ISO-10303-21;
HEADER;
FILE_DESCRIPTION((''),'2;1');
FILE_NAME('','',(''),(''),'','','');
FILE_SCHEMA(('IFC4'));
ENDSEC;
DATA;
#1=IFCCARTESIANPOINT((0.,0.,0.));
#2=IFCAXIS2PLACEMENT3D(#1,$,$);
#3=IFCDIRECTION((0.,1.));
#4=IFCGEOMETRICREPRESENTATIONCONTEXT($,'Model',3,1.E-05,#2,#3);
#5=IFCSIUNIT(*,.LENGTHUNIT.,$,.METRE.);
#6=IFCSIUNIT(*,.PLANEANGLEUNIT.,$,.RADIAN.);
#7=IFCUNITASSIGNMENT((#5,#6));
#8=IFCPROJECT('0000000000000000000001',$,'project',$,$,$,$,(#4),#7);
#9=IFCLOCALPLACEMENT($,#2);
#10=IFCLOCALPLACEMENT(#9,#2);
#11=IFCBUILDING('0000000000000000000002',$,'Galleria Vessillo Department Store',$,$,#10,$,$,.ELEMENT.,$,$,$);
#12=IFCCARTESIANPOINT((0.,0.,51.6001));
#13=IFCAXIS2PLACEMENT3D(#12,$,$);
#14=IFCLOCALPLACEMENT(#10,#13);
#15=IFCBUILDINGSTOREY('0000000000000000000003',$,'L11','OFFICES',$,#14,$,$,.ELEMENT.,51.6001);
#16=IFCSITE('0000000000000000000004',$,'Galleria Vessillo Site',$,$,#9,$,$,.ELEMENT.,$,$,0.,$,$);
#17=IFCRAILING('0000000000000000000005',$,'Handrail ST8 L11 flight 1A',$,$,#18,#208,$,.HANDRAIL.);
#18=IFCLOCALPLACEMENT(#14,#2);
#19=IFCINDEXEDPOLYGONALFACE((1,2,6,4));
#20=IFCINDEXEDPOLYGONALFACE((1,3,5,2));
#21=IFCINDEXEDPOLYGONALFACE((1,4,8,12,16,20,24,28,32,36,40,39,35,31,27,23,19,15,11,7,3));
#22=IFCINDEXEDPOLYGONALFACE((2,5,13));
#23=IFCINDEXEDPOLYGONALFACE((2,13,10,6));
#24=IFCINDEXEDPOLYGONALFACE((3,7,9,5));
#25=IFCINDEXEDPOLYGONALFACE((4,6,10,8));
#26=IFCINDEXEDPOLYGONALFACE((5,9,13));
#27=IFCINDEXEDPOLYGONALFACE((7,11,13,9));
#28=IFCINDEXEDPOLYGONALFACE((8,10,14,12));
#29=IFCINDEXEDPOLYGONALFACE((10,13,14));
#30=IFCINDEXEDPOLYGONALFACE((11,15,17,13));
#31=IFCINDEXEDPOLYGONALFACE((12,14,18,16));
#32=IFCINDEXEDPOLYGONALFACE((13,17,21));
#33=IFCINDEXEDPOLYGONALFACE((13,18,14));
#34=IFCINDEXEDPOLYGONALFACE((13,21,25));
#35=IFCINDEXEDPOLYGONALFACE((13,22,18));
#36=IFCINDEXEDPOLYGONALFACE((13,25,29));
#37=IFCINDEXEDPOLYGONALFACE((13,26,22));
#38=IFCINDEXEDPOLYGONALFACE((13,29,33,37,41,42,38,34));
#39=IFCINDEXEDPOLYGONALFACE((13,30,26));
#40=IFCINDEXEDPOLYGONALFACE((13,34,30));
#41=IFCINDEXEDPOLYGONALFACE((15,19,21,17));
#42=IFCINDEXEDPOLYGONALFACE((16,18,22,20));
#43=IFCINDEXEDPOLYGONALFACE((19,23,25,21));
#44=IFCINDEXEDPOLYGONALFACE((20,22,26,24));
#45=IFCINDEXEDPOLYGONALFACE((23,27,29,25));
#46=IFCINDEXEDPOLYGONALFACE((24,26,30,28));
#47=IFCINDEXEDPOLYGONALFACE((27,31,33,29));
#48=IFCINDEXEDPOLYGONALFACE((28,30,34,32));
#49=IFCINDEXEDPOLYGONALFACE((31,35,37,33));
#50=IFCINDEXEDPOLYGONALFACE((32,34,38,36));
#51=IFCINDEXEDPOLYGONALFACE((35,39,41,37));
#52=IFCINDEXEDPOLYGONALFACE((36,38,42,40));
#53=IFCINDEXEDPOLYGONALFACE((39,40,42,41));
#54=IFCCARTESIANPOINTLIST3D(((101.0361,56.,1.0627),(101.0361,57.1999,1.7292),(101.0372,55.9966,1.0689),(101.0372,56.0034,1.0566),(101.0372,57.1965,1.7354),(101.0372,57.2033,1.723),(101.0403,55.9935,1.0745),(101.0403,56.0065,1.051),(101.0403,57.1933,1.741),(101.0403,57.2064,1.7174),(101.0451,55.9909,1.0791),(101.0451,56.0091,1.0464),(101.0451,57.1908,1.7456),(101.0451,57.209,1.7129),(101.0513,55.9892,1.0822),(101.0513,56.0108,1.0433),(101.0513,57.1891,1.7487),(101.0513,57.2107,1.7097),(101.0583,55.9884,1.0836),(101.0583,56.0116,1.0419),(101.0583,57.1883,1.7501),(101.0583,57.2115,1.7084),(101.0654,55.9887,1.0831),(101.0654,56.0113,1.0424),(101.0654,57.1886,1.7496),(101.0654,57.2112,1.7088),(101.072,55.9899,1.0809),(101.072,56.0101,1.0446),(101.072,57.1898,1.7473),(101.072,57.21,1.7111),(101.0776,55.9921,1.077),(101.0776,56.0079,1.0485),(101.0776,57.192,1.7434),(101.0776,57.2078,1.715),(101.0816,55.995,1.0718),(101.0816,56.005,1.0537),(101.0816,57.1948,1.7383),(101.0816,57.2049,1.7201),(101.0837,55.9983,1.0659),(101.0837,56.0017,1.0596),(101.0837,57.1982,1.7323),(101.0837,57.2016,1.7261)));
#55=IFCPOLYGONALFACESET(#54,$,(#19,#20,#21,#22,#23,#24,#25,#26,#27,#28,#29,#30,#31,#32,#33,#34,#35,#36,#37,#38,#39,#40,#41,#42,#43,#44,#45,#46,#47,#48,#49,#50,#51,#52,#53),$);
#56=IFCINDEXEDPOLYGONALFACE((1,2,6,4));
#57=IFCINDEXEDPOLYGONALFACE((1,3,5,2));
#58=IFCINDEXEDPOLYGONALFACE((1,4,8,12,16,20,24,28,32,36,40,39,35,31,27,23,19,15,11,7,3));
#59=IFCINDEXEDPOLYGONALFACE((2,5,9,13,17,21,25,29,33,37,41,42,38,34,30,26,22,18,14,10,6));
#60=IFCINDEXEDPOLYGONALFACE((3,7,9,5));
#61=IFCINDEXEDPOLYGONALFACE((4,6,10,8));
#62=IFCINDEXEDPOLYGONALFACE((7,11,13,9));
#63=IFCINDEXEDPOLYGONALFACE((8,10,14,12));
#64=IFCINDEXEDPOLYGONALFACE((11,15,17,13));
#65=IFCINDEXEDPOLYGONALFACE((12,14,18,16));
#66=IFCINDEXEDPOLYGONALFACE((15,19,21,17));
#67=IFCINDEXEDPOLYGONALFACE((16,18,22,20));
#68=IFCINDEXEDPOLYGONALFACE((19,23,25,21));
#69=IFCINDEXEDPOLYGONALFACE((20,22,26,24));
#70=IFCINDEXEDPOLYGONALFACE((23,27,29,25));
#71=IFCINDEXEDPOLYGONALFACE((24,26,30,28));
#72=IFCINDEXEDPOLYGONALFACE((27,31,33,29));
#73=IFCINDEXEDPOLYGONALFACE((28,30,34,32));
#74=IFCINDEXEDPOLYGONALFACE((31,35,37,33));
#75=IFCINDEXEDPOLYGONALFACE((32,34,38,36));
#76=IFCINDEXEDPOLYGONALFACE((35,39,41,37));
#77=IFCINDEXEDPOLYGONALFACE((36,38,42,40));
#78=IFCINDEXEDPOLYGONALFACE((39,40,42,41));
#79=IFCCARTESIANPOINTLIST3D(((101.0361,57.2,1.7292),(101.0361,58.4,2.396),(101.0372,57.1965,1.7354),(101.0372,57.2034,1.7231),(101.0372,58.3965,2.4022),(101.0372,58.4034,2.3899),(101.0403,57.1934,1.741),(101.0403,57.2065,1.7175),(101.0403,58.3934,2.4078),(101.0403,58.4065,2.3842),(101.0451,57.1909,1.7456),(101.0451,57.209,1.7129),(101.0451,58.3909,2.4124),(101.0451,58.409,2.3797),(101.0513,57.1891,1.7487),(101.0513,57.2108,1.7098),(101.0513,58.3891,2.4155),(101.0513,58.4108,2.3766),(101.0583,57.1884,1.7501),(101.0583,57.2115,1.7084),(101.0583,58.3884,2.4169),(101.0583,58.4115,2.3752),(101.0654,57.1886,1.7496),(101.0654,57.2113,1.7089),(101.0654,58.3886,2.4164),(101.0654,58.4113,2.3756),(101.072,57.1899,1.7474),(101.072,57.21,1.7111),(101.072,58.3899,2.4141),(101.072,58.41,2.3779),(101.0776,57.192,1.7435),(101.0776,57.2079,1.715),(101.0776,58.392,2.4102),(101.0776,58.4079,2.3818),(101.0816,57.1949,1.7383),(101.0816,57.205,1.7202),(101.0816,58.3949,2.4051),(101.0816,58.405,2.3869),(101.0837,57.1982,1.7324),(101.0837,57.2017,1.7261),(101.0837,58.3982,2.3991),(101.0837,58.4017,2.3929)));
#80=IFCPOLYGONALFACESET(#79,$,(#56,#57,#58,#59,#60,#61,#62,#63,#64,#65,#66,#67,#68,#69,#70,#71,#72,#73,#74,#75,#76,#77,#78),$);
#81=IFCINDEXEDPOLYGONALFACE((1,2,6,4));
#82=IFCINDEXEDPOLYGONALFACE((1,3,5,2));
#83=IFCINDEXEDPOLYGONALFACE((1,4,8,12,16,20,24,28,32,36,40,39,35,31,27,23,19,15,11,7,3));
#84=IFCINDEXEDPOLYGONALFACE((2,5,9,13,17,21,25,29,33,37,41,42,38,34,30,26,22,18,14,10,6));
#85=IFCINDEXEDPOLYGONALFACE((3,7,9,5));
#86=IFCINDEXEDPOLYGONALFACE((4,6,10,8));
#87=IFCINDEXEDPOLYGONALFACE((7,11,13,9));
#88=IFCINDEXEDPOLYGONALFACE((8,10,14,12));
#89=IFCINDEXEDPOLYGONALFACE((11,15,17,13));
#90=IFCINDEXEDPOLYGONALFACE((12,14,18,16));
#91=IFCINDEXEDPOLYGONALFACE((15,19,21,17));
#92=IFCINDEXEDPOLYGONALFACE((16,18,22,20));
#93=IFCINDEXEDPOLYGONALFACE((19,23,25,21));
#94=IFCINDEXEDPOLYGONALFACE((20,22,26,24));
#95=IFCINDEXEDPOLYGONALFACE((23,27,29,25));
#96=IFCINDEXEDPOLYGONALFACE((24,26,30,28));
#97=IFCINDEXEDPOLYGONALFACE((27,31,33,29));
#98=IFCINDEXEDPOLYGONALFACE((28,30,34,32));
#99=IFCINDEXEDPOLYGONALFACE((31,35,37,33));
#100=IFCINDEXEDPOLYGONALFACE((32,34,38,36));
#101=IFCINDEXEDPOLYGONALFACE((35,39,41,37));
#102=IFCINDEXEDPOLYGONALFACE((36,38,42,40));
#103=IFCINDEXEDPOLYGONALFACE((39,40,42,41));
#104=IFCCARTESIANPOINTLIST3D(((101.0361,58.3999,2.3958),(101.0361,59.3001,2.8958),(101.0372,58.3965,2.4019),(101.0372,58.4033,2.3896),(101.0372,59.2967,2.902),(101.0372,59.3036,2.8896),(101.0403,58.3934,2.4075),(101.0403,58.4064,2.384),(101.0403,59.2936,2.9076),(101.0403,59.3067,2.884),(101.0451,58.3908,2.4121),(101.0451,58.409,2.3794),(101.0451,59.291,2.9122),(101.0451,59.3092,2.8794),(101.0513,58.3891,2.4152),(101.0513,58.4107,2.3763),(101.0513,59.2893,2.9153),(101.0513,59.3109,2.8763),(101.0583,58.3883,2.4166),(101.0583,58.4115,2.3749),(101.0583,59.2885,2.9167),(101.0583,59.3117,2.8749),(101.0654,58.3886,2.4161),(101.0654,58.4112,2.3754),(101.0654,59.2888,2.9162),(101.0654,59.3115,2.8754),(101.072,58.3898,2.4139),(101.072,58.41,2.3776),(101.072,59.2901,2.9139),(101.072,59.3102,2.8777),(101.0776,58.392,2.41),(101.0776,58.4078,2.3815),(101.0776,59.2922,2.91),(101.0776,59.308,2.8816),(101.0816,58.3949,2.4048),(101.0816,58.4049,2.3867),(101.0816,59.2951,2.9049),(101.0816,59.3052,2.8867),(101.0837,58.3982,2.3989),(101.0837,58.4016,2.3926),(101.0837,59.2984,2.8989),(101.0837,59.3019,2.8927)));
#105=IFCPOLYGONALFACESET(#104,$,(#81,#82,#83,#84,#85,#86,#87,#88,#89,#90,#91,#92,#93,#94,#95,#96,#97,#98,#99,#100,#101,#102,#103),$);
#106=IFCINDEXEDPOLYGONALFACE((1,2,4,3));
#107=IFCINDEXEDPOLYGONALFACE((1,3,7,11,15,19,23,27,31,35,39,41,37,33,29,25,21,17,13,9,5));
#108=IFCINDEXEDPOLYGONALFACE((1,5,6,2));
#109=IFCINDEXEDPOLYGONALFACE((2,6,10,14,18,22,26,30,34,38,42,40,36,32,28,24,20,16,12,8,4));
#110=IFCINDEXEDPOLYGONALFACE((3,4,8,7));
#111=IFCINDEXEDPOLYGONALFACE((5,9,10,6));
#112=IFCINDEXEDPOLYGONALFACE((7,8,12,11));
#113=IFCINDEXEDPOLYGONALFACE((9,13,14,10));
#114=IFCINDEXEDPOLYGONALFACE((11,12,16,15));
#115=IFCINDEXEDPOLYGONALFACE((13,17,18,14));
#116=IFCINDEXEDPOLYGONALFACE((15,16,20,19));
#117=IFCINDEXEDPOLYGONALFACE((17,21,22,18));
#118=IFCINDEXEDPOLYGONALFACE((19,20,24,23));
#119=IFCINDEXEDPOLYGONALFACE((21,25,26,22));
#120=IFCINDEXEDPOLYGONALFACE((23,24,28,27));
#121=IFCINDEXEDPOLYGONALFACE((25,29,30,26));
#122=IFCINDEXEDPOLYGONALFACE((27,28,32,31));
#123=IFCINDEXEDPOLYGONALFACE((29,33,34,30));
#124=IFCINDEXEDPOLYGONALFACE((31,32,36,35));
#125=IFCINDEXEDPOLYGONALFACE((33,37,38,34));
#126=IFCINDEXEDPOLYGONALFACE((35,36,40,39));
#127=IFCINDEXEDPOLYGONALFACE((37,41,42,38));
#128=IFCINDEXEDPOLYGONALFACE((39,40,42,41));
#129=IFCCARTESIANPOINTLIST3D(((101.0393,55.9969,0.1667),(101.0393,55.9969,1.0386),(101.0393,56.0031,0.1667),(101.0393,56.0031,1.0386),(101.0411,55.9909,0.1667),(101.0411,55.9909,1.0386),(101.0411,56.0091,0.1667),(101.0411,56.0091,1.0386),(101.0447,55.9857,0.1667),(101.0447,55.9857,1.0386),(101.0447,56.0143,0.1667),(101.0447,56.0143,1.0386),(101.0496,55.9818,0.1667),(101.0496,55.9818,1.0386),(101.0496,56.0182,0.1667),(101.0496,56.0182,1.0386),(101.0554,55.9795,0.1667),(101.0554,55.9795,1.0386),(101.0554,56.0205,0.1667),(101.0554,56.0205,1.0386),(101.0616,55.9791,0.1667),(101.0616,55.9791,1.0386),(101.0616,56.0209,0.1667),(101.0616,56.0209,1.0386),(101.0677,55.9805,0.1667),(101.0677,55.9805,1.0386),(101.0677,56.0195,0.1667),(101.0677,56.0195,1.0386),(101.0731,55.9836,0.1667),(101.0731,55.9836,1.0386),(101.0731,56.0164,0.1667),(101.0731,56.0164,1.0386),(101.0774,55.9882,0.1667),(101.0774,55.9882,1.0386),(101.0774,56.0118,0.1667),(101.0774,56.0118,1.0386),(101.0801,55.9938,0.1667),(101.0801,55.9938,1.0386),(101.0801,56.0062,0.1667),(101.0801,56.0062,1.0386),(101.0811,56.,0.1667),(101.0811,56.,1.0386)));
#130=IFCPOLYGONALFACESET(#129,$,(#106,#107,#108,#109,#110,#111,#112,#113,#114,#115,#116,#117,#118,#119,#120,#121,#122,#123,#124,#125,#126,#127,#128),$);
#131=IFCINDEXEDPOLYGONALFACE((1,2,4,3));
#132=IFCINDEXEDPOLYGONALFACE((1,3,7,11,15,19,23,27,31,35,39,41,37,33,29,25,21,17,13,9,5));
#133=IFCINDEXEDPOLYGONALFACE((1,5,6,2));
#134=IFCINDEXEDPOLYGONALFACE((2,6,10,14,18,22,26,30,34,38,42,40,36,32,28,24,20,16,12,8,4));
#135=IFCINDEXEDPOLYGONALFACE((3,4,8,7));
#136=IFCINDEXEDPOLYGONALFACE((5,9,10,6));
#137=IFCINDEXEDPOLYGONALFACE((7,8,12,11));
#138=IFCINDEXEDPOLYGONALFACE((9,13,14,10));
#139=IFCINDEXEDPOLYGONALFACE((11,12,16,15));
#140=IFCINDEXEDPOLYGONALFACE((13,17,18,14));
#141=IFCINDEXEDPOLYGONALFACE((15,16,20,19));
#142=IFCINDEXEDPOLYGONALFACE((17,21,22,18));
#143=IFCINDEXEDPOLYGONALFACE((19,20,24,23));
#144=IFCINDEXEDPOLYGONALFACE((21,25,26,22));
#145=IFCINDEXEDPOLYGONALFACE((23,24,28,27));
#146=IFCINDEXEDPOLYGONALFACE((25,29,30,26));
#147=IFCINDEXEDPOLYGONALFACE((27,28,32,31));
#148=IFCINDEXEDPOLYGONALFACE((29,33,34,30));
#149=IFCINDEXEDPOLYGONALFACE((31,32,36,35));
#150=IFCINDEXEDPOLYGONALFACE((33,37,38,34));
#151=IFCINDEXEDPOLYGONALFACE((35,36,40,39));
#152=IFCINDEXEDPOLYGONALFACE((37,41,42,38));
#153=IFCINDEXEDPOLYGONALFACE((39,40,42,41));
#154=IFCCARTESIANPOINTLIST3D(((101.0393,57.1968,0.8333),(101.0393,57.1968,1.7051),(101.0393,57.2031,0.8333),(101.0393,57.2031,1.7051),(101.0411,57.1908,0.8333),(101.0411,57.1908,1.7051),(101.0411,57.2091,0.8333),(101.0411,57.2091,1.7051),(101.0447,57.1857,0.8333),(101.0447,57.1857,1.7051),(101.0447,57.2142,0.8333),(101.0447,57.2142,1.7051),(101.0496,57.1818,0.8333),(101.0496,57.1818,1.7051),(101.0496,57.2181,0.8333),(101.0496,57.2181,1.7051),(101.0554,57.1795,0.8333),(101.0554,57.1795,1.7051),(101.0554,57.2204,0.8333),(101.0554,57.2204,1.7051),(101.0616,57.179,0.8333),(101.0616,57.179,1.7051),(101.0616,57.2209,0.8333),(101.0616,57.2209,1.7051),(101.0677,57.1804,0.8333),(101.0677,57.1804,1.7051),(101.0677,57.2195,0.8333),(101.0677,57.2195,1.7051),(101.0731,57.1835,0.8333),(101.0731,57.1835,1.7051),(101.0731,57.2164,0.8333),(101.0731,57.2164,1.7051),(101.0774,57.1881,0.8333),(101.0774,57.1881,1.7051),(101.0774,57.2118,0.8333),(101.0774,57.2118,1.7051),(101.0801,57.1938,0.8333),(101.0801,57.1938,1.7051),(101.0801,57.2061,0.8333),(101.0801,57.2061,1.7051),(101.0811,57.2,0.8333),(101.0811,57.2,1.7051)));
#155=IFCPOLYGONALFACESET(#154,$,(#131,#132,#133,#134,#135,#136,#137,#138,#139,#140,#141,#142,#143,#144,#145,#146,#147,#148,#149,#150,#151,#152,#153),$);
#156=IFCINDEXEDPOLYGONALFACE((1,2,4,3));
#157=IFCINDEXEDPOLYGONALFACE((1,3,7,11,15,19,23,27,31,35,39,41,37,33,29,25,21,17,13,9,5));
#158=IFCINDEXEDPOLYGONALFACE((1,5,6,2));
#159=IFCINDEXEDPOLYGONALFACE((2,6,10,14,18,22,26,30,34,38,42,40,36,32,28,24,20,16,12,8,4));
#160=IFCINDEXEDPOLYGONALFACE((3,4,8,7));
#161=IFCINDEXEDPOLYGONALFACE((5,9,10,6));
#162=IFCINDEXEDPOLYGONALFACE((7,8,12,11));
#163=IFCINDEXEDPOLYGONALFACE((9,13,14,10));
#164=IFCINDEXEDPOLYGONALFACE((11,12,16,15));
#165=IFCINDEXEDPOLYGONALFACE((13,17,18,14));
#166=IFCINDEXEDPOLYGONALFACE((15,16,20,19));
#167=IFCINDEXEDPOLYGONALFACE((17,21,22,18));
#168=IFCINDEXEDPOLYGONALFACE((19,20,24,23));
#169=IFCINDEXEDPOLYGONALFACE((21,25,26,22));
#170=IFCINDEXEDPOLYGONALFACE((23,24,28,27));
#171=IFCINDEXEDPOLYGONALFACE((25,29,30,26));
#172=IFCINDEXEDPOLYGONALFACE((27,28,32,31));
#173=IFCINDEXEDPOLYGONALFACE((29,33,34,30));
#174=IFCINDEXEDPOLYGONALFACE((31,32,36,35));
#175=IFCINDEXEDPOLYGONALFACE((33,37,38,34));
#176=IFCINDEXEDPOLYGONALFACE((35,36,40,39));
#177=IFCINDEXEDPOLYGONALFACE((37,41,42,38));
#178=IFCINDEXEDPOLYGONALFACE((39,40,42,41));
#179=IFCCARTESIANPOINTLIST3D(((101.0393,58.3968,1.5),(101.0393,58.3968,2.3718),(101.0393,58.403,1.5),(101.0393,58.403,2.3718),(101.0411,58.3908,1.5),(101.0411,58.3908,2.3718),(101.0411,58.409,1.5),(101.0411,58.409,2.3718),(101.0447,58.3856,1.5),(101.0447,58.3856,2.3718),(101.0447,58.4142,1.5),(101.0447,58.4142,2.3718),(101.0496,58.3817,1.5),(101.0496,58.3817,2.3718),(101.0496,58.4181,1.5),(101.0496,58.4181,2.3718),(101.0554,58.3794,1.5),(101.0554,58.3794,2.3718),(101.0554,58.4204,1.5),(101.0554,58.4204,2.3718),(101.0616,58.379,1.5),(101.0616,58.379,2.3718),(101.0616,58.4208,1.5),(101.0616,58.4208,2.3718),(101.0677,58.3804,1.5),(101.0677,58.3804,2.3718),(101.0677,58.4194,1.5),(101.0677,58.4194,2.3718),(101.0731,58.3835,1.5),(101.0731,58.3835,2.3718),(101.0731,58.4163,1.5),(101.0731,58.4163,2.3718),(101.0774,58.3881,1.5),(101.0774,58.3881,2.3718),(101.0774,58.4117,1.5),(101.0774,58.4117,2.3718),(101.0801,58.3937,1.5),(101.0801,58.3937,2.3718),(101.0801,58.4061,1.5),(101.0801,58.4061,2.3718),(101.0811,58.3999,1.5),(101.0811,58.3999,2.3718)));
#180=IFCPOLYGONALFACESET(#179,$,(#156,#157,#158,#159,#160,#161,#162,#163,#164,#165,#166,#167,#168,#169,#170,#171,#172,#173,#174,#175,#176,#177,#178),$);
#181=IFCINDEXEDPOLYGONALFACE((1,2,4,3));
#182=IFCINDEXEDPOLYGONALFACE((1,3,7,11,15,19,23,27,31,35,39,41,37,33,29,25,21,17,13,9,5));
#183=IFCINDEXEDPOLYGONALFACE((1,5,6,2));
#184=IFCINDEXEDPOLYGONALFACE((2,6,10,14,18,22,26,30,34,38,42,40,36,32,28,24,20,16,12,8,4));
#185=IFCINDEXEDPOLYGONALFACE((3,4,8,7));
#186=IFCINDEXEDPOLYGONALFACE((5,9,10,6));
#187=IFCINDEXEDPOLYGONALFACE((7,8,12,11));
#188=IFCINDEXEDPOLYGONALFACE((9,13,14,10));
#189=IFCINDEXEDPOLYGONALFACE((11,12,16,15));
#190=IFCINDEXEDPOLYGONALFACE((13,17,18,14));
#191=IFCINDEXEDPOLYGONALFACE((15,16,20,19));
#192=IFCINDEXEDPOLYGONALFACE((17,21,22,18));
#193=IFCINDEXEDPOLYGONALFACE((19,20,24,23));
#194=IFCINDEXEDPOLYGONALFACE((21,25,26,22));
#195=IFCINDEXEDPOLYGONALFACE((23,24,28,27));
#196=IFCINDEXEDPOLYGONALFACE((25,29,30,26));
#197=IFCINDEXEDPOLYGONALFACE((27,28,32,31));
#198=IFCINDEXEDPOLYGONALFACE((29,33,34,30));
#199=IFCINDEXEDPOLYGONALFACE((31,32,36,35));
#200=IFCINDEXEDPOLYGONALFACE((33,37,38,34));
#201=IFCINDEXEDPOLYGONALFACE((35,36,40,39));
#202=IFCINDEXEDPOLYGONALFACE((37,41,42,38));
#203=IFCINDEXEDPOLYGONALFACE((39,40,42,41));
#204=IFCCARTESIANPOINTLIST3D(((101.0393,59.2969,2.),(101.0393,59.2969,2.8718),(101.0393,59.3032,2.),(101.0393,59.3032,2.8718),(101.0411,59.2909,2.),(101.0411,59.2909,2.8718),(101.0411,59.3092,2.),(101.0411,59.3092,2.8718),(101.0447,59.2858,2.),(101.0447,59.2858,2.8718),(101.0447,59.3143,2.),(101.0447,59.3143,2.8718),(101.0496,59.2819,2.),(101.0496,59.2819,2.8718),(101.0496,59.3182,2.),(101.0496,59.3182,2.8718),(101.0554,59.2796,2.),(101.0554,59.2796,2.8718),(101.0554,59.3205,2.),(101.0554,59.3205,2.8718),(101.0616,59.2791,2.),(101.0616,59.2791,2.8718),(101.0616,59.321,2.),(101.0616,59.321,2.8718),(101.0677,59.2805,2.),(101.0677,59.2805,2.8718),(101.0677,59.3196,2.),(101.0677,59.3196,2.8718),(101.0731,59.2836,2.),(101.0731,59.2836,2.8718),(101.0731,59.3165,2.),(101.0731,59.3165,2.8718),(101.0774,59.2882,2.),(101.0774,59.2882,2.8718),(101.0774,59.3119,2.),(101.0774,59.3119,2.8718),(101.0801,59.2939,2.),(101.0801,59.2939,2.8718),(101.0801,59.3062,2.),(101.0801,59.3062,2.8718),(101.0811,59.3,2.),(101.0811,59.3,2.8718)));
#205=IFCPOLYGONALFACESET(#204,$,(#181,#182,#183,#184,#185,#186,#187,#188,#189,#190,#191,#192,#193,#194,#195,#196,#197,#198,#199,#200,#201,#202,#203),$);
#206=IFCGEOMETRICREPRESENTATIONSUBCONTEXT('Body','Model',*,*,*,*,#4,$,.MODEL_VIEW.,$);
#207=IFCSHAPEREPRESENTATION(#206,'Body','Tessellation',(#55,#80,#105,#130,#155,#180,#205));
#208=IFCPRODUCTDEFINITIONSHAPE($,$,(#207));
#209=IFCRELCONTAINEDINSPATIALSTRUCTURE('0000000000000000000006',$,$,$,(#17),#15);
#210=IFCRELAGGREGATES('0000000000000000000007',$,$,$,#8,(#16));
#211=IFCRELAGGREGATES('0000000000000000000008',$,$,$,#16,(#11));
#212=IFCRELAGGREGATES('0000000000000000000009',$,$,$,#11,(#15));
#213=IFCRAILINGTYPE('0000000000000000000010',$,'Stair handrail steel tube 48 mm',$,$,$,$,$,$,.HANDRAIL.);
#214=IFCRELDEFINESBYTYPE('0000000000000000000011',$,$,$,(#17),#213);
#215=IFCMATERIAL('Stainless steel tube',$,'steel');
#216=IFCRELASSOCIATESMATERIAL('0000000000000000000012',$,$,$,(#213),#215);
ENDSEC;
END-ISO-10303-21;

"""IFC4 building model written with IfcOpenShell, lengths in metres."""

from ifc_helpers import new_model, si_unit, direction, frame, origin, origin_2d, place, context, subcontext, project, spatial, circle, extrude, material, type_object, element, save


model = new_model("IFC4")

# Units and contexts
model_context = context("Model", 3, precision=1e-05, world=origin(), true_north=direction((0.0, 1.0)))
body_context = subcontext(model_context, "Body", "Model", "MODEL_VIEW")
ifc_project = project(units=[si_unit("LENGTHUNIT", "METRE"), si_unit("PLANEANGLEUNIT", "RADIAN")], contexts=[model_context])

# Site, building, storey
site_placement = place(None, origin())
site = spatial("IfcSite", under=ifc_project, at=site_placement, Name="Galleria Vessillo Site", CompositionType="ELEMENT", RefElevation=0.0)
building_placement = place(site_placement, origin())
building = spatial("IfcBuilding", under=site, at=building_placement, Name="Galleria Vessillo Department Store", CompositionType="ELEMENT")
storey_placement = place(building_placement, frame((0.0, 0.0, 51.6001)))
storey = spatial("IfcBuildingStorey", under=building, at=storey_placement, Name="L11", Description="OFFICES", CompositionType="ELEMENT", Elevation=51.6001)

# Railing
ifc_material_1 = material(Name="Stainless steel tube", Category="steel")
railing_type = type_object("IfcRailingType", Name="Stair handrail steel tube 48 mm", PredefinedType="HANDRAIL", material=ifc_material_1)
for number, where, name in (
    (1, (101.0601, 56.0, 0.1667), "Handrail ST8 L11 flight 1A"),
):
    element("IfcRailing", number, at=place(storey_placement, frame(where)), inside=storey, type_object=railing_type, Name=name, PredefinedType="HANDRAIL", context=body_context, shape_type="SweptSolid", body=[
        extrude(circle(Radius=0.0239, at=origin_2d()), frame((0.0, 0.0, 0.896), z_axis=(0.0, 0.874199, 0.485567), x_axis=(-1.0, 0.0, 0.0)), (0.0, 0.0, 1.0), 1.3726),
        extrude(circle(Radius=0.0239, at=origin_2d()), frame((0.0, 1.2, 1.5625), z_axis=(0.0, 0.874124, 0.485703), x_axis=(-1.0, 0.0, 0.0)), (0.0, 0.0, 1.0), 1.3728),
        extrude(circle(Radius=0.0239, at=origin_2d()), frame((0.0, 2.3999, 2.229), z_axis=(0.0, 0.874191, 0.485583), x_axis=(-1.0, 0.0, 0.0)), (0.0, 0.0, 1.0), 1.0298),
        extrude(circle(Radius=0.021, at=origin_2d()), origin(), (0.0, 0.0, 1.0), 0.8718),
        extrude(circle(Radius=0.021, at=origin_2d()), frame((0.0, 1.2, 0.6665)), (0.0, 0.0, 1.0), 0.8718),
        extrude(circle(Radius=0.021, at=origin_2d()), frame((0.0, 2.3999, 1.3333)), (0.0, 0.0, 1.0), 0.8718),
        extrude(circle(Radius=0.021, at=origin_2d()), frame((0.0, 3.3, 1.8333)), (0.0, 0.0, 1.0), 0.8718),
    ])

save(model, "model.ifc")
